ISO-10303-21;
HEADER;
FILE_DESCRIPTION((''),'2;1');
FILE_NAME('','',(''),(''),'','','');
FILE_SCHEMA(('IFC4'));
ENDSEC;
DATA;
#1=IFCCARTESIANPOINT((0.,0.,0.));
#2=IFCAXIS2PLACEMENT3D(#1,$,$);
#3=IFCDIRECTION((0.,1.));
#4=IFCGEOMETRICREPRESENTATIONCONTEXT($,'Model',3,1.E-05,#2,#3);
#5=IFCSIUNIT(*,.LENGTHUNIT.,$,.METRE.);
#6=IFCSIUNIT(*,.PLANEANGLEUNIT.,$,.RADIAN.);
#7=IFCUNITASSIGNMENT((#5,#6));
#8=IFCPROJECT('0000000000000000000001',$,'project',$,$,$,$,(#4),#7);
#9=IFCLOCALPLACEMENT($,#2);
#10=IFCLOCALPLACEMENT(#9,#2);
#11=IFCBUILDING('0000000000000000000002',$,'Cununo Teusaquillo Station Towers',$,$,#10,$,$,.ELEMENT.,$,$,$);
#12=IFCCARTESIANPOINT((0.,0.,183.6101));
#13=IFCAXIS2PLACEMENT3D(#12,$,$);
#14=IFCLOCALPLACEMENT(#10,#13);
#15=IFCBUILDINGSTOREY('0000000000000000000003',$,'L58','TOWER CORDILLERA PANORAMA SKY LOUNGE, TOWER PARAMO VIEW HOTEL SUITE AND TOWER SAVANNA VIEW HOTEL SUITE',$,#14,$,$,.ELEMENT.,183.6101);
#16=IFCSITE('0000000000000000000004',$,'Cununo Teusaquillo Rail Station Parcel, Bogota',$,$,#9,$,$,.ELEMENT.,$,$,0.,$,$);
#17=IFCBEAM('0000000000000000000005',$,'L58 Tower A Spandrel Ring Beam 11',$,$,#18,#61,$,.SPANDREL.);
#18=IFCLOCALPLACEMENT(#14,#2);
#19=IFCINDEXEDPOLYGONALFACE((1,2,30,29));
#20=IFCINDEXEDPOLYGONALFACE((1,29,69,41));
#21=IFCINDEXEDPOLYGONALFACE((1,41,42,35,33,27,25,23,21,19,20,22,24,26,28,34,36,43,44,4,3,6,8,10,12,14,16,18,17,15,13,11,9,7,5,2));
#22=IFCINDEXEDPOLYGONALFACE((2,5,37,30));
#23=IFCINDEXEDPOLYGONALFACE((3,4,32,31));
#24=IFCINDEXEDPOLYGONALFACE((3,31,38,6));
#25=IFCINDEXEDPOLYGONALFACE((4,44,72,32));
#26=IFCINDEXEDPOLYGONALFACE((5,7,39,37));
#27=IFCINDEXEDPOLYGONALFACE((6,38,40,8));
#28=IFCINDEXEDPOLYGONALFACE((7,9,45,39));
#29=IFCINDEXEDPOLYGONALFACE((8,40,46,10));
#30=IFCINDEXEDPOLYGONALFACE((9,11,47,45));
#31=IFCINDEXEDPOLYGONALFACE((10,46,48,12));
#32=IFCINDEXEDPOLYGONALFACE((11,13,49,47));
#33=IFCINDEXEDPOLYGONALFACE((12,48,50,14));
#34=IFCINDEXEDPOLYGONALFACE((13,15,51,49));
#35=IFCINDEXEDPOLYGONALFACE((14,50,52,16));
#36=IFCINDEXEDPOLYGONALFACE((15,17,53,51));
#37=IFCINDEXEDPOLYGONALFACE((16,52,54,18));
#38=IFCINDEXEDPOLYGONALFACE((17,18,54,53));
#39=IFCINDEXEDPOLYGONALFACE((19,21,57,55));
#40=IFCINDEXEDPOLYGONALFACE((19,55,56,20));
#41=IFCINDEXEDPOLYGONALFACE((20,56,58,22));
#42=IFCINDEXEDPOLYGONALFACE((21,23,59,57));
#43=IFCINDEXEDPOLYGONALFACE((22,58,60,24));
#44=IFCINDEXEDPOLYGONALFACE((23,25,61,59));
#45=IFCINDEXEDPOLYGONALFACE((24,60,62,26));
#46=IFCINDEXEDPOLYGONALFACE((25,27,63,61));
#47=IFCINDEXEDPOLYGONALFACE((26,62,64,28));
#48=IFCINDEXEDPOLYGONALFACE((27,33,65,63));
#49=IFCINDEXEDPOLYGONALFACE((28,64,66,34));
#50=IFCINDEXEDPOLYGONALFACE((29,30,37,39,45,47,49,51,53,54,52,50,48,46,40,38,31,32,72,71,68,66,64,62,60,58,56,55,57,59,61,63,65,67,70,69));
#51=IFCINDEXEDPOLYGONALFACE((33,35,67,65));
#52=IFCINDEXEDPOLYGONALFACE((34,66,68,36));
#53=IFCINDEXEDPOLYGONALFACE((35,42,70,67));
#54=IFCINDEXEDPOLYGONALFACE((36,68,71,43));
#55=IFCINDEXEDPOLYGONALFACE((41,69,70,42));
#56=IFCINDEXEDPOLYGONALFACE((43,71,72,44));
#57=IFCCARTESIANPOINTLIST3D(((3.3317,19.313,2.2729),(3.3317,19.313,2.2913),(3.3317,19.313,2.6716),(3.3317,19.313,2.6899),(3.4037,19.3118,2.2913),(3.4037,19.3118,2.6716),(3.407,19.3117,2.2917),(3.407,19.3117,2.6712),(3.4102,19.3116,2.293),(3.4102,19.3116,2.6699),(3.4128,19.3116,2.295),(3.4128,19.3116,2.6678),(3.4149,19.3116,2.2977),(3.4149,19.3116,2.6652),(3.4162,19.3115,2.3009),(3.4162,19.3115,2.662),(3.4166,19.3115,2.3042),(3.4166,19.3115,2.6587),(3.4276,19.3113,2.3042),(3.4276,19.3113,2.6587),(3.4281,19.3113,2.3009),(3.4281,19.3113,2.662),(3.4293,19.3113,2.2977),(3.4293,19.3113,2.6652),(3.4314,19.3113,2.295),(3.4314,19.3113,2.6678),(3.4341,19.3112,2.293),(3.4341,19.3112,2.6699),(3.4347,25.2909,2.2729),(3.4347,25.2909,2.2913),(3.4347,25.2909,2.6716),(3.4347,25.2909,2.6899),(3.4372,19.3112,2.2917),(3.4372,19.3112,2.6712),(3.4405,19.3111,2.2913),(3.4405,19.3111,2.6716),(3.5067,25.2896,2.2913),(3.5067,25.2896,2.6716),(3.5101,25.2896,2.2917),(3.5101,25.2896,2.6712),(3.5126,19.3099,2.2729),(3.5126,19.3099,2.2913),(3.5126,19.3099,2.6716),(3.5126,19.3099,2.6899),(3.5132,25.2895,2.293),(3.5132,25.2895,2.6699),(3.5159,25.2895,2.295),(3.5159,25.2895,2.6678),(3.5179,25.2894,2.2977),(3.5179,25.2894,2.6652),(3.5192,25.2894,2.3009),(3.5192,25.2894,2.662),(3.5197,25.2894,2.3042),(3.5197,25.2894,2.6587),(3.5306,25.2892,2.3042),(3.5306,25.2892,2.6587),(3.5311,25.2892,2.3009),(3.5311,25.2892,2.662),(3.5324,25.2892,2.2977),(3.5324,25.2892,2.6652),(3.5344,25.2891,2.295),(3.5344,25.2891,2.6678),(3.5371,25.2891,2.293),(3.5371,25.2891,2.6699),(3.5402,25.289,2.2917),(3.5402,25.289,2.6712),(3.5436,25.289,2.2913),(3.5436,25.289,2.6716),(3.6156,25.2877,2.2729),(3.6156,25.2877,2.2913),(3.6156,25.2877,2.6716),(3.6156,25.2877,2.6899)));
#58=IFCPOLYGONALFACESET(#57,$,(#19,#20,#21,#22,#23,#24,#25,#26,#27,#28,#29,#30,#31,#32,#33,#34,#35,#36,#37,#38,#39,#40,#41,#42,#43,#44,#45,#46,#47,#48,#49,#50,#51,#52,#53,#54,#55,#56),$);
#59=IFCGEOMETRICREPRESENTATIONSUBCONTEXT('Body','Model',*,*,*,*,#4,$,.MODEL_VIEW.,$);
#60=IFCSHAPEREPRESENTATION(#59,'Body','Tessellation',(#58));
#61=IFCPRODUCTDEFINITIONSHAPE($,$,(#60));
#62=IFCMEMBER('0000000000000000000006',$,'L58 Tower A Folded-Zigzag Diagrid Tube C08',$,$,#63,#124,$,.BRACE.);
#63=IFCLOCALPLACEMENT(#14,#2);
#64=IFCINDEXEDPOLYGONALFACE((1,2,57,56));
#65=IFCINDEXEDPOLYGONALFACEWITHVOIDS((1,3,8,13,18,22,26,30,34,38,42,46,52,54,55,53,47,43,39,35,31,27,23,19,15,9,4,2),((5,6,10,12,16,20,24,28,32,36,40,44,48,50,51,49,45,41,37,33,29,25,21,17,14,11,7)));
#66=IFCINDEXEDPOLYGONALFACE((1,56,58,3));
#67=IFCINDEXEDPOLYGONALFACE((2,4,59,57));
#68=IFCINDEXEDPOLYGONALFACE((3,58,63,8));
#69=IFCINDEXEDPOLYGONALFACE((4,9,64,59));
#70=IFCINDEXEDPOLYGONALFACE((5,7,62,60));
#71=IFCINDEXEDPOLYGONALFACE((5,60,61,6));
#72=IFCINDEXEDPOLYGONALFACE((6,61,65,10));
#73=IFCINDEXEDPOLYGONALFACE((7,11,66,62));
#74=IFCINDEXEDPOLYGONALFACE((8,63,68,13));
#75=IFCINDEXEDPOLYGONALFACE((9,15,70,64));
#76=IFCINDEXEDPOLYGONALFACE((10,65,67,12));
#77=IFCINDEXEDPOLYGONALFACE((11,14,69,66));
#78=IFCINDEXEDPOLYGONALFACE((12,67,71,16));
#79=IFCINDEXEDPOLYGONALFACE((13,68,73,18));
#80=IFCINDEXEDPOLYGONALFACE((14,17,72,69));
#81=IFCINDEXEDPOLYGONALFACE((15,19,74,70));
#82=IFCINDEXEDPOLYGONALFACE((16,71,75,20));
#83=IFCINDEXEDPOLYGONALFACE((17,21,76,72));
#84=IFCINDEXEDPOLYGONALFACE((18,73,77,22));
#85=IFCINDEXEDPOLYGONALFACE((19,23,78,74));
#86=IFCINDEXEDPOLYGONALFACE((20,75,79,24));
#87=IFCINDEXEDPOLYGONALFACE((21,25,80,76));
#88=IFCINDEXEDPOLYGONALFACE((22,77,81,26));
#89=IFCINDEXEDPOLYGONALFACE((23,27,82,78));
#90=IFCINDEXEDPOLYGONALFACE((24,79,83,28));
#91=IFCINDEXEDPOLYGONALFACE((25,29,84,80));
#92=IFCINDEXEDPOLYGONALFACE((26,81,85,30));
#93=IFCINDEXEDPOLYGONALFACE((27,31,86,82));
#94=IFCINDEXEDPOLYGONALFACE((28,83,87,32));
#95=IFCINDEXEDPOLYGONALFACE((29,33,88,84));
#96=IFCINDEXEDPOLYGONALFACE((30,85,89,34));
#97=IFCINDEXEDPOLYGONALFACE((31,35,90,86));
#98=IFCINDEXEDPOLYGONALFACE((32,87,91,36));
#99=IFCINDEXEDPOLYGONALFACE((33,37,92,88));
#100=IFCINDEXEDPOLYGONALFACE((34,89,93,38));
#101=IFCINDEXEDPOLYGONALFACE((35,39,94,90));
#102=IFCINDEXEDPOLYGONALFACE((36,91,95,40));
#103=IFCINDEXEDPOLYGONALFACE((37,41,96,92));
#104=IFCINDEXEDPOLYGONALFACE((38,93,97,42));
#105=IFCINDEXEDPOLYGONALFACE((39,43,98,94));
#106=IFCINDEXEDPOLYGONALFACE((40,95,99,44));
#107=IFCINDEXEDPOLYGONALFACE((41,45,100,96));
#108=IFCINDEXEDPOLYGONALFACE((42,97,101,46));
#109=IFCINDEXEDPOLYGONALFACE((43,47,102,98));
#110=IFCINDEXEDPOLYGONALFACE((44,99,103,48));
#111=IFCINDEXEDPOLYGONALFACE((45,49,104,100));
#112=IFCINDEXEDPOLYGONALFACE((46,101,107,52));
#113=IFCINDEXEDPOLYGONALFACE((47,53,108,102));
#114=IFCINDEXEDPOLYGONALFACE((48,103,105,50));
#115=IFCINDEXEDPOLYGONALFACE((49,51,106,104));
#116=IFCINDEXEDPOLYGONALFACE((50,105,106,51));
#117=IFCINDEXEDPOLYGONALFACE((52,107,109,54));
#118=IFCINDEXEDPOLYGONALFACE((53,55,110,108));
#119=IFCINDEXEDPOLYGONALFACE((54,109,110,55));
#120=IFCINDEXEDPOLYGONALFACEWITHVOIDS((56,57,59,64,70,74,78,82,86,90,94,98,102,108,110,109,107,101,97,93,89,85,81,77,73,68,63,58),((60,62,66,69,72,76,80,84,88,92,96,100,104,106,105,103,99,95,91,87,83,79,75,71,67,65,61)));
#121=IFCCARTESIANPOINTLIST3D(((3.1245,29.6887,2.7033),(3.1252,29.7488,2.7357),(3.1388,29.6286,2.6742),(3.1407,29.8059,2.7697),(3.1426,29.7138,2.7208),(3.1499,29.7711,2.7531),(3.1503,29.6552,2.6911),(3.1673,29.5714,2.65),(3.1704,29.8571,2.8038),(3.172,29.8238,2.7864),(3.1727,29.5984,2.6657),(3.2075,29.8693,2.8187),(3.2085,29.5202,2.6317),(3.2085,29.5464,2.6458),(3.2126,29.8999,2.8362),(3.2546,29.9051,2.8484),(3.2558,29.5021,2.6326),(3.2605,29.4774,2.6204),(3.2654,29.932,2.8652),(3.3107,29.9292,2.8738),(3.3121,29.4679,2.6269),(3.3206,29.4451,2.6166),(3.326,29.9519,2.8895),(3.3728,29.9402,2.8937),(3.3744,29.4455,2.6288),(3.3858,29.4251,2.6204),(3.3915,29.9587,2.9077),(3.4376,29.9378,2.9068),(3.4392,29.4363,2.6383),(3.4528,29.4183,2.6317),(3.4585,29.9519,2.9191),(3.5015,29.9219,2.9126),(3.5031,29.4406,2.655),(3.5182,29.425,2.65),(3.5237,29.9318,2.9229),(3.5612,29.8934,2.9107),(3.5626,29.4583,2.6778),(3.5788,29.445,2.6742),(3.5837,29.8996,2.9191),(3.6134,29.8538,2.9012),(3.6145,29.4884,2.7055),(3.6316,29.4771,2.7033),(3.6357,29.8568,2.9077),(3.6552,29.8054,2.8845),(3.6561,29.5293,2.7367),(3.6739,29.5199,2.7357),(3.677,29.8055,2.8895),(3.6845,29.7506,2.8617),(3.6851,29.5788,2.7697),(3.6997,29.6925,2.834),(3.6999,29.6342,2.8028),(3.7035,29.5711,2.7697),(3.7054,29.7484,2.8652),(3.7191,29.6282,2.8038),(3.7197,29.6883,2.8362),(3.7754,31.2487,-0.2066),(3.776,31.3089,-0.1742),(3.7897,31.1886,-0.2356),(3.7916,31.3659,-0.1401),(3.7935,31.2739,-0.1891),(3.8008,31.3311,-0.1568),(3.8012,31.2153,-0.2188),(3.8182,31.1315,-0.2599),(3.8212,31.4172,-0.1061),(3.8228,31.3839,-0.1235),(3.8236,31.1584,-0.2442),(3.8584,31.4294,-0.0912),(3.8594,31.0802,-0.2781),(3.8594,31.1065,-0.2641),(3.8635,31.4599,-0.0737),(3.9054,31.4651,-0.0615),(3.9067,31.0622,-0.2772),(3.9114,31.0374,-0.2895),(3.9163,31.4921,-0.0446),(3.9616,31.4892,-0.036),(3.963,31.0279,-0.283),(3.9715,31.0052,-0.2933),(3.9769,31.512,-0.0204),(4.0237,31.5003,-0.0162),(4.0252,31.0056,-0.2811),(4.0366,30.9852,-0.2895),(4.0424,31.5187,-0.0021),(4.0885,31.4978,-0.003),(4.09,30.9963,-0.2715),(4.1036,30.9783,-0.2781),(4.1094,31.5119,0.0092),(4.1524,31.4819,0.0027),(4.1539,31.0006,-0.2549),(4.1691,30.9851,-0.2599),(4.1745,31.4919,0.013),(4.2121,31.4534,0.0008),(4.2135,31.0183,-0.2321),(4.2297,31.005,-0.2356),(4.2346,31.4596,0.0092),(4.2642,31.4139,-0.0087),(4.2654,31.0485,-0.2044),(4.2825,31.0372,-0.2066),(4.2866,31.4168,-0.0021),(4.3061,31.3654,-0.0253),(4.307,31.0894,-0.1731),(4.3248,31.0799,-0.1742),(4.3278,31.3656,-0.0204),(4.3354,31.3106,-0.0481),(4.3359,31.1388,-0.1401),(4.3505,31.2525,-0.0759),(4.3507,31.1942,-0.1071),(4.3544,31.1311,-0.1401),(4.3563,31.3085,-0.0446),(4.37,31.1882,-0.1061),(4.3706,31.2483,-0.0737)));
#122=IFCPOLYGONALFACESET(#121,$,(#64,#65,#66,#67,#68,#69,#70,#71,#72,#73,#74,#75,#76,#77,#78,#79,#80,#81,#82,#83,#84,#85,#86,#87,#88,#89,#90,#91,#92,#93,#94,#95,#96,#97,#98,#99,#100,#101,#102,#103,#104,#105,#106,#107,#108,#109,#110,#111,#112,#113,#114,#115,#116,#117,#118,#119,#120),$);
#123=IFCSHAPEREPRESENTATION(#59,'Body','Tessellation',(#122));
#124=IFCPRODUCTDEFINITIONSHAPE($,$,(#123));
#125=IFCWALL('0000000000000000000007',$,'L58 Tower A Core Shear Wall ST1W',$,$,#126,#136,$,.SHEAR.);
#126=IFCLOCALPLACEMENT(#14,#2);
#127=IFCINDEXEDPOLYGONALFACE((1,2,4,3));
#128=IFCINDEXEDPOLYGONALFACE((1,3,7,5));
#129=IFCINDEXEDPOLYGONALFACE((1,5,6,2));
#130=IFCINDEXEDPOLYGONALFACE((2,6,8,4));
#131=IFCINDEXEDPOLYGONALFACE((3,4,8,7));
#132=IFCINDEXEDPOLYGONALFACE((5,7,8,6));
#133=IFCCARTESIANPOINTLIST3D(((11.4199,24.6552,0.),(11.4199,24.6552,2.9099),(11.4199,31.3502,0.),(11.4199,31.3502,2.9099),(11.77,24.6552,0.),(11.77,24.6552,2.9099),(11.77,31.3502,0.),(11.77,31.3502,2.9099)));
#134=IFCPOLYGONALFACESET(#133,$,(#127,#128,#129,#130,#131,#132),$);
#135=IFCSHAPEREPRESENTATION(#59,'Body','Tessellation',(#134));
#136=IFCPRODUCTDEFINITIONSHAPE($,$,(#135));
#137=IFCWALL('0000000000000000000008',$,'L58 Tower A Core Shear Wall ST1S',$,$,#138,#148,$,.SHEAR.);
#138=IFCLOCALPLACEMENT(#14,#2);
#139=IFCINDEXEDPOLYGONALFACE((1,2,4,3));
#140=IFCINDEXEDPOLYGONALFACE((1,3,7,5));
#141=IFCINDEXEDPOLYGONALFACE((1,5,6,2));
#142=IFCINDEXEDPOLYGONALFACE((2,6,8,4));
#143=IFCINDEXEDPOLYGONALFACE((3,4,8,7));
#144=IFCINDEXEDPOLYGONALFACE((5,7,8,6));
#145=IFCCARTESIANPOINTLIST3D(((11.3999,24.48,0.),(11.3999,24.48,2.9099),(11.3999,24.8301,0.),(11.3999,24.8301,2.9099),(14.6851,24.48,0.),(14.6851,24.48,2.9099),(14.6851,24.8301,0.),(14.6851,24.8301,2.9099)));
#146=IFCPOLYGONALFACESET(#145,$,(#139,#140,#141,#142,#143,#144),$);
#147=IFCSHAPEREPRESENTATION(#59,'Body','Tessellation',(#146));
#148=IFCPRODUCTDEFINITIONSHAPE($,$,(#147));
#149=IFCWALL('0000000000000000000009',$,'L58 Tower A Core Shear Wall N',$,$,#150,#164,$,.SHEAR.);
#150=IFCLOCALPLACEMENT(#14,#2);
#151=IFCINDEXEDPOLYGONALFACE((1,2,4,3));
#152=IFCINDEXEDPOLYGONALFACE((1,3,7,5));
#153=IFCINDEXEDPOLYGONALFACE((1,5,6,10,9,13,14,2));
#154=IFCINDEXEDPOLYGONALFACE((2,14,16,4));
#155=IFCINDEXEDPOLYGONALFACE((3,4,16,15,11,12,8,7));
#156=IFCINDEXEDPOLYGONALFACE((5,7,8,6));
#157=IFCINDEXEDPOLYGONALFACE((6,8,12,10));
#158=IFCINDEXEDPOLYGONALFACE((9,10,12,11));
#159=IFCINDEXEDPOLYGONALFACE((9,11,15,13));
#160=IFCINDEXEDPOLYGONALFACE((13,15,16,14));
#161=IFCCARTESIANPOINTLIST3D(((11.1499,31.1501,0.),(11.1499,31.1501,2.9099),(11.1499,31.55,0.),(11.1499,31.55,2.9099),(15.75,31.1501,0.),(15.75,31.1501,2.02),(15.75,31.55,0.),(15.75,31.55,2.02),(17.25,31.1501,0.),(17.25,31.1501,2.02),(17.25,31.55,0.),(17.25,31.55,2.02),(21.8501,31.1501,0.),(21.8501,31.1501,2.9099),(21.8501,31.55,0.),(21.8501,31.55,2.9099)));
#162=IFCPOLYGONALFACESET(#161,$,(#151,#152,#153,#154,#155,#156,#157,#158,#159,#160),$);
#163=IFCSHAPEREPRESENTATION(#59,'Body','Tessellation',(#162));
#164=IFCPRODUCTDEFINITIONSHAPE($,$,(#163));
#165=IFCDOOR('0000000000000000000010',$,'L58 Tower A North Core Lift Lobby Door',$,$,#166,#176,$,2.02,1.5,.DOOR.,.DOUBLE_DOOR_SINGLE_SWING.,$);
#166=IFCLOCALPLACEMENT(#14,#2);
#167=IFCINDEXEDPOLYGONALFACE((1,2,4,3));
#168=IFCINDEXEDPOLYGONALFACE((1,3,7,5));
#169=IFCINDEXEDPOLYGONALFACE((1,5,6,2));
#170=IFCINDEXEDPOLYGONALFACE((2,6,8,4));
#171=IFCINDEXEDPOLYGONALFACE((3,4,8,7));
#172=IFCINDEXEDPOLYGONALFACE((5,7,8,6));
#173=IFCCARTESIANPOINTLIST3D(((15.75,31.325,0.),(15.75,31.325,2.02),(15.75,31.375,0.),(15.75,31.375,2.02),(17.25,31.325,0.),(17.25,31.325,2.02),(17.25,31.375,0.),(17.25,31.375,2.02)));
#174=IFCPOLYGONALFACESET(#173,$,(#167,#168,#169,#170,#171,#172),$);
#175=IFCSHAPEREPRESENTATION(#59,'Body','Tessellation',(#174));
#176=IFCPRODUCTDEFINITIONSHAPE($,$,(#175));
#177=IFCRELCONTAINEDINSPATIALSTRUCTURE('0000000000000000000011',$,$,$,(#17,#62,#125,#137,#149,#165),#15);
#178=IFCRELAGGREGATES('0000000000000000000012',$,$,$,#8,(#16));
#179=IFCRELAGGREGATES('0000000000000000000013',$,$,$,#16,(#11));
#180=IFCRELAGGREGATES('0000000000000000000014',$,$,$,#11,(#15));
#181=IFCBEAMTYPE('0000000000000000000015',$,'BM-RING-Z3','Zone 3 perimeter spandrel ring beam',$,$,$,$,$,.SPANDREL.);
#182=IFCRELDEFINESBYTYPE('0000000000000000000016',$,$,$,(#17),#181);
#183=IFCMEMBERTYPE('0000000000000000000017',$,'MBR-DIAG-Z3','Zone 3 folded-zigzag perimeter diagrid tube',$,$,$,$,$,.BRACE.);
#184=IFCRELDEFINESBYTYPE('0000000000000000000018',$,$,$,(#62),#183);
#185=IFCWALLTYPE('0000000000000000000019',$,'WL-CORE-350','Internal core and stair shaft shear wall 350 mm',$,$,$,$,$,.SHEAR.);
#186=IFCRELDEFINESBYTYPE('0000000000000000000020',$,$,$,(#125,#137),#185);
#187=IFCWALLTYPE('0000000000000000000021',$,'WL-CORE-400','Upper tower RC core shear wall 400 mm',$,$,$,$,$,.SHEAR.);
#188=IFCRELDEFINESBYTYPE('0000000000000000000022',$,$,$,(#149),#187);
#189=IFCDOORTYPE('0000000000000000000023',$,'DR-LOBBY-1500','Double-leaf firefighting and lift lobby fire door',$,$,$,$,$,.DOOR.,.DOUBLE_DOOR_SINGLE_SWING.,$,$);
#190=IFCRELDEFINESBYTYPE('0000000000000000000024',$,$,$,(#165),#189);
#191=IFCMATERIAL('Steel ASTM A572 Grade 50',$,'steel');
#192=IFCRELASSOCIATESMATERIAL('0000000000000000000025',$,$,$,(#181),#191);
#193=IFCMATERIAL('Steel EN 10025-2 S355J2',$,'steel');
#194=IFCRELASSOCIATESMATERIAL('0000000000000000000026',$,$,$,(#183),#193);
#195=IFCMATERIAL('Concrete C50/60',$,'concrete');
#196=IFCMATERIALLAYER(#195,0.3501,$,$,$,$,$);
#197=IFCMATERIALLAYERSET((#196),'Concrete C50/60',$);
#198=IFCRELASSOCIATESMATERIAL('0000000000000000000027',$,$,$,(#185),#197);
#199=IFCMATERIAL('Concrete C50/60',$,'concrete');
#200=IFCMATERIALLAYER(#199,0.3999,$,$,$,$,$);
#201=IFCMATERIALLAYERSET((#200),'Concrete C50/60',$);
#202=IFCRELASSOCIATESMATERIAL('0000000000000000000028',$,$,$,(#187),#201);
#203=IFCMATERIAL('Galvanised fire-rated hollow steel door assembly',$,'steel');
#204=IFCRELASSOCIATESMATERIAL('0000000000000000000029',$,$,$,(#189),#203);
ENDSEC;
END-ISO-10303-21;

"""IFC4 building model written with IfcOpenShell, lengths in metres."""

from ifc_helpers import new_model, si_unit, direction, frame, frame_2d, origin, origin_2d, place, context, subcontext, project, spatial, rectangle, hollow_circle, i_section, extrude, source, transform, mapped, material, layer, layer_set, material_profile, profile_set, type_object, element, fill, save


model = new_model("IFC4")

# Units and contexts
model_context = context("Model", 3, precision=1e-05, world=origin(), true_north=direction((0.0, 1.0)))
body_context = subcontext(model_context, "Body", "Model", "MODEL_VIEW")
ifc_project = project(units=[si_unit("LENGTHUNIT", "METRE"), si_unit("PLANEANGLEUNIT", "RADIAN")], contexts=[model_context])

# Site, building, storey
site_placement = place(None, origin())
site = spatial("IfcSite", under=ifc_project, at=site_placement, Name="Cununo Teusaquillo Rail Station Parcel, Bogota", CompositionType="ELEMENT", RefElevation=0.0)
building_placement = place(site_placement, origin())
building = spatial("IfcBuilding", under=site, at=building_placement, Name="Cununo Teusaquillo Station Towers", CompositionType="ELEMENT")
storey_placement = place(building_placement, frame((0.0, 0.0, 183.6101)))
storey = spatial("IfcBuildingStorey", under=building, at=storey_placement, Name="L58", Description="TOWER CORDILLERA PANORAMA SKY LOUNGE, TOWER PARAMO VIEW HOTEL SUITE AND TOWER SAVANNA VIEW HOTEL SUITE", CompositionType="ELEMENT", Elevation=183.6101)

# Beam
ifc_material_1 = material(Name="Steel ASTM A572 Grade 50", Category="steel")
ifc_material_profile_1 = material_profile(ifc_material_1, i_section(OverallWidth=0.1809, OverallDepth=0.417, WebThickness=0.011, FlangeThickness=0.0183, FilletRadius=0.0129, at=origin_2d()), Name="W16X57")
ifc_profile_set_1 = profile_set([ifc_material_profile_1], Name="Steel ASTM A572 Grade 50")
beam_type_1 = type_object("IfcBeamType", Name="BM-RING-Z3", Description="Zone 3 perimeter spandrel ring beam", PredefinedType="SPANDREL", material=ifc_profile_set_1)
beam_1_placement = place(storey_placement, frame((3.5251, 25.2893, 2.4814), z_axis=(-0.017232, -0.999852, 0.0), x_axis=(0.999852, -0.017232, 0.0)))
element("IfcBeam", 1, at=beam_1_placement, inside=storey, type_object=beam_type_1, Name="L58 Tower A Spandrel Ring Beam 11", PredefinedType="SPANDREL", context=body_context, shape_type="SweptSolid", body=[
    extrude(i_section(OverallWidth=0.1809, OverallDepth=0.417, WebThickness=0.011, FlangeThickness=0.0183, FilletRadius=0.0129, at=origin_2d()), origin(), (0.0, 0.0, 1.0), 5.9788),
])

# Member
ifc_material_2 = material(Name="Steel EN 10025-2 S355J2", Category="steel")
ifc_material_profile_2 = material_profile(ifc_material_2, hollow_circle(Radius=0.3049, WallThickness=0.02, at=origin_2d()), Name="CHS 610x20")
ifc_profile_set_2 = profile_set([ifc_material_profile_2], Name="Steel EN 10025-2 S355J2")
member_type = type_object("IfcMemberType", Name="MBR-DIAG-Z3", Description="Zone 3 folded-zigzag perimeter diagrid tube", PredefinedType="BRACE", material=ifc_profile_set_2)
member_placement = place(storey_placement, frame((4.073, 31.2485, -0.1401), z_axis=(-0.193411, -0.463577, 0.86469), x_axis=(0.922897, -0.385046, 0.0)))
element("IfcMember", 2, at=member_placement, inside=storey, type_object=member_type, Name="L58 Tower A Folded-Zigzag Diagrid Tube C08", PredefinedType="BRACE", context=body_context, shape_type="SweptSolid", body=[
    extrude(hollow_circle(Radius=0.3049, WallThickness=0.02, at=origin_2d()), origin(), (0.0, 0.0, 1.0), 3.3652),
])

# Walls
ifc_material_3 = material(Name="Concrete C50/60", Category="concrete")
ifc_layer_1 = layer(ifc_material_3, 0.3501)
ifc_layer_set_1 = layer_set([ifc_layer_1], Name="Concrete C50/60")
wall_type_1 = type_object("IfcWallType", Name="WL-CORE-350", Description="Internal core and stair shaft shear wall 350 mm", PredefinedType="SHEAR", material=ifc_layer_set_1)
wall_1_placement = place(storey_placement, frame((11.595, 24.655, 0.0), z_axis=(0.0, 0.0, 1.0), x_axis=(0.0, 1.0, 0.0)))
element("IfcWall", 3, at=wall_1_placement, inside=storey, type_object=wall_type_1, Name="L58 Tower A Core Shear Wall ST1W", PredefinedType="SHEAR", context=body_context, shape_type="SweptSolid", body=[
    extrude(rectangle(XDim=6.6951, YDim=0.3501, at=frame_2d((3.3477, 0.0))), origin(), (0.0, 0.0, 1.0), 2.9099),
])
wall_2_placement = place(storey_placement, frame((11.3999, 24.655, 0.0), z_axis=(0.0, 0.0, 1.0), x_axis=(1.0, 0.0, 0.0)))
element("IfcWall", 4, at=wall_2_placement, inside=storey, type_object=wall_type_1, Name="L58 Tower A Core Shear Wall ST1S", PredefinedType="SHEAR", context=body_context, shape_type="SweptSolid", body=[
    extrude(rectangle(XDim=3.2852, YDim=0.3501, at=frame_2d((1.6426, 0.0))), origin(), (0.0, 0.0, 1.0), 2.9099),
])

# Wall, opening, door
ifc_material_4 = material(Name="Concrete C50/60", Category="concrete")
ifc_layer_2 = layer(ifc_material_4, 0.3999)
ifc_layer_set_2 = layer_set([ifc_layer_2], Name="Concrete C50/60")
wall_type_2 = type_object("IfcWallType", Name="WL-CORE-400", Description="Upper tower RC core shear wall 400 mm", PredefinedType="SHEAR", material=ifc_layer_set_2)
wall_3_placement = place(storey_placement, frame((11.1499, 31.3501, 0.0), z_axis=(0.0, 0.0, 1.0), x_axis=(1.0, 0.0, 0.0)))
wall_3 = element("IfcWall", 5, at=wall_3_placement, inside=storey, type_object=wall_type_2, Name="L58 Tower A Core Shear Wall N", PredefinedType="SHEAR", context=body_context, shape_type="SweptSolid", body=[
    extrude(rectangle(XDim=10.7002, YDim=0.3999, at=frame_2d((5.3501, 0.0))), origin(), (0.0, 0.0, 1.0), 2.9099),
])
shared_shape_1 = source(origin(), body_context, "Body", "SweptSolid", [
    extrude(rectangle(XDim=1.5, YDim=2.02, at=frame_2d((0.75, 1.01))), frame((0.0, 0.21, 0.0), z_axis=(0.0, -1.0, 0.0), x_axis=(1.0, 0.0, 0.0)), (0.0, 0.0, 1.0), 0.4199),
])
opening_1_placement = place(wall_3_placement, frame((4.6001, 0.0, 0.0)))
opening_1 = element("IfcOpeningElement", 6, at=opening_1_placement, cuts=wall_3, PredefinedType="OPENING", context=body_context, shape_type="MappedRepresentation", body=[
    mapped(shared_shape_1, transform((0.0, 0.0, 0.0), x_axis=(1.0, 0.0, 0.0), y_axis=(0.0, 1.0, 0.0), z_axis=(0.0, 0.0, 1.0), scale=1.0)),
])
ifc_material_5 = material(Name="Galvanised fire-rated hollow steel door assembly", Category="steel")
door_type_1 = type_object("IfcDoorType", Name="DR-LOBBY-1500", Description="Double-leaf firefighting and lift lobby fire door", OperationType="DOUBLE_DOOR_SINGLE_SWING", PredefinedType="DOOR", material=ifc_material_5)
shared_shape_2 = source(origin(), body_context, "Body", "SweptSolid", [
    extrude(rectangle(XDim=1.5, YDim=2.02, at=frame_2d((0.75, 1.01))), frame((0.0, 0.0249, 0.0), z_axis=(0.0, -1.0, 0.0), x_axis=(1.0, 0.0, 0.0)), (0.0, 0.0, 1.0), 0.05),
])
door_1_placement = place(opening_1_placement, origin())
door_1 = element("IfcDoor", 7, at=door_1_placement, inside=storey, type_object=door_type_1, Name="L58 Tower A North Core Lift Lobby Door", OperationType="DOUBLE_DOOR_SINGLE_SWING", OverallHeight=2.02, OverallWidth=1.5, PredefinedType="DOOR", context=body_context, shape_type="MappedRepresentation", body=[
    mapped(shared_shape_2, transform((0.0, 0.0, 0.0), x_axis=(1.0, 0.0, 0.0), y_axis=(0.0, 1.0, 0.0), z_axis=(0.0, 0.0, 1.0), scale=1.0)),
])
fill(opening_1, door_1)

save(model, "model.ifc")
